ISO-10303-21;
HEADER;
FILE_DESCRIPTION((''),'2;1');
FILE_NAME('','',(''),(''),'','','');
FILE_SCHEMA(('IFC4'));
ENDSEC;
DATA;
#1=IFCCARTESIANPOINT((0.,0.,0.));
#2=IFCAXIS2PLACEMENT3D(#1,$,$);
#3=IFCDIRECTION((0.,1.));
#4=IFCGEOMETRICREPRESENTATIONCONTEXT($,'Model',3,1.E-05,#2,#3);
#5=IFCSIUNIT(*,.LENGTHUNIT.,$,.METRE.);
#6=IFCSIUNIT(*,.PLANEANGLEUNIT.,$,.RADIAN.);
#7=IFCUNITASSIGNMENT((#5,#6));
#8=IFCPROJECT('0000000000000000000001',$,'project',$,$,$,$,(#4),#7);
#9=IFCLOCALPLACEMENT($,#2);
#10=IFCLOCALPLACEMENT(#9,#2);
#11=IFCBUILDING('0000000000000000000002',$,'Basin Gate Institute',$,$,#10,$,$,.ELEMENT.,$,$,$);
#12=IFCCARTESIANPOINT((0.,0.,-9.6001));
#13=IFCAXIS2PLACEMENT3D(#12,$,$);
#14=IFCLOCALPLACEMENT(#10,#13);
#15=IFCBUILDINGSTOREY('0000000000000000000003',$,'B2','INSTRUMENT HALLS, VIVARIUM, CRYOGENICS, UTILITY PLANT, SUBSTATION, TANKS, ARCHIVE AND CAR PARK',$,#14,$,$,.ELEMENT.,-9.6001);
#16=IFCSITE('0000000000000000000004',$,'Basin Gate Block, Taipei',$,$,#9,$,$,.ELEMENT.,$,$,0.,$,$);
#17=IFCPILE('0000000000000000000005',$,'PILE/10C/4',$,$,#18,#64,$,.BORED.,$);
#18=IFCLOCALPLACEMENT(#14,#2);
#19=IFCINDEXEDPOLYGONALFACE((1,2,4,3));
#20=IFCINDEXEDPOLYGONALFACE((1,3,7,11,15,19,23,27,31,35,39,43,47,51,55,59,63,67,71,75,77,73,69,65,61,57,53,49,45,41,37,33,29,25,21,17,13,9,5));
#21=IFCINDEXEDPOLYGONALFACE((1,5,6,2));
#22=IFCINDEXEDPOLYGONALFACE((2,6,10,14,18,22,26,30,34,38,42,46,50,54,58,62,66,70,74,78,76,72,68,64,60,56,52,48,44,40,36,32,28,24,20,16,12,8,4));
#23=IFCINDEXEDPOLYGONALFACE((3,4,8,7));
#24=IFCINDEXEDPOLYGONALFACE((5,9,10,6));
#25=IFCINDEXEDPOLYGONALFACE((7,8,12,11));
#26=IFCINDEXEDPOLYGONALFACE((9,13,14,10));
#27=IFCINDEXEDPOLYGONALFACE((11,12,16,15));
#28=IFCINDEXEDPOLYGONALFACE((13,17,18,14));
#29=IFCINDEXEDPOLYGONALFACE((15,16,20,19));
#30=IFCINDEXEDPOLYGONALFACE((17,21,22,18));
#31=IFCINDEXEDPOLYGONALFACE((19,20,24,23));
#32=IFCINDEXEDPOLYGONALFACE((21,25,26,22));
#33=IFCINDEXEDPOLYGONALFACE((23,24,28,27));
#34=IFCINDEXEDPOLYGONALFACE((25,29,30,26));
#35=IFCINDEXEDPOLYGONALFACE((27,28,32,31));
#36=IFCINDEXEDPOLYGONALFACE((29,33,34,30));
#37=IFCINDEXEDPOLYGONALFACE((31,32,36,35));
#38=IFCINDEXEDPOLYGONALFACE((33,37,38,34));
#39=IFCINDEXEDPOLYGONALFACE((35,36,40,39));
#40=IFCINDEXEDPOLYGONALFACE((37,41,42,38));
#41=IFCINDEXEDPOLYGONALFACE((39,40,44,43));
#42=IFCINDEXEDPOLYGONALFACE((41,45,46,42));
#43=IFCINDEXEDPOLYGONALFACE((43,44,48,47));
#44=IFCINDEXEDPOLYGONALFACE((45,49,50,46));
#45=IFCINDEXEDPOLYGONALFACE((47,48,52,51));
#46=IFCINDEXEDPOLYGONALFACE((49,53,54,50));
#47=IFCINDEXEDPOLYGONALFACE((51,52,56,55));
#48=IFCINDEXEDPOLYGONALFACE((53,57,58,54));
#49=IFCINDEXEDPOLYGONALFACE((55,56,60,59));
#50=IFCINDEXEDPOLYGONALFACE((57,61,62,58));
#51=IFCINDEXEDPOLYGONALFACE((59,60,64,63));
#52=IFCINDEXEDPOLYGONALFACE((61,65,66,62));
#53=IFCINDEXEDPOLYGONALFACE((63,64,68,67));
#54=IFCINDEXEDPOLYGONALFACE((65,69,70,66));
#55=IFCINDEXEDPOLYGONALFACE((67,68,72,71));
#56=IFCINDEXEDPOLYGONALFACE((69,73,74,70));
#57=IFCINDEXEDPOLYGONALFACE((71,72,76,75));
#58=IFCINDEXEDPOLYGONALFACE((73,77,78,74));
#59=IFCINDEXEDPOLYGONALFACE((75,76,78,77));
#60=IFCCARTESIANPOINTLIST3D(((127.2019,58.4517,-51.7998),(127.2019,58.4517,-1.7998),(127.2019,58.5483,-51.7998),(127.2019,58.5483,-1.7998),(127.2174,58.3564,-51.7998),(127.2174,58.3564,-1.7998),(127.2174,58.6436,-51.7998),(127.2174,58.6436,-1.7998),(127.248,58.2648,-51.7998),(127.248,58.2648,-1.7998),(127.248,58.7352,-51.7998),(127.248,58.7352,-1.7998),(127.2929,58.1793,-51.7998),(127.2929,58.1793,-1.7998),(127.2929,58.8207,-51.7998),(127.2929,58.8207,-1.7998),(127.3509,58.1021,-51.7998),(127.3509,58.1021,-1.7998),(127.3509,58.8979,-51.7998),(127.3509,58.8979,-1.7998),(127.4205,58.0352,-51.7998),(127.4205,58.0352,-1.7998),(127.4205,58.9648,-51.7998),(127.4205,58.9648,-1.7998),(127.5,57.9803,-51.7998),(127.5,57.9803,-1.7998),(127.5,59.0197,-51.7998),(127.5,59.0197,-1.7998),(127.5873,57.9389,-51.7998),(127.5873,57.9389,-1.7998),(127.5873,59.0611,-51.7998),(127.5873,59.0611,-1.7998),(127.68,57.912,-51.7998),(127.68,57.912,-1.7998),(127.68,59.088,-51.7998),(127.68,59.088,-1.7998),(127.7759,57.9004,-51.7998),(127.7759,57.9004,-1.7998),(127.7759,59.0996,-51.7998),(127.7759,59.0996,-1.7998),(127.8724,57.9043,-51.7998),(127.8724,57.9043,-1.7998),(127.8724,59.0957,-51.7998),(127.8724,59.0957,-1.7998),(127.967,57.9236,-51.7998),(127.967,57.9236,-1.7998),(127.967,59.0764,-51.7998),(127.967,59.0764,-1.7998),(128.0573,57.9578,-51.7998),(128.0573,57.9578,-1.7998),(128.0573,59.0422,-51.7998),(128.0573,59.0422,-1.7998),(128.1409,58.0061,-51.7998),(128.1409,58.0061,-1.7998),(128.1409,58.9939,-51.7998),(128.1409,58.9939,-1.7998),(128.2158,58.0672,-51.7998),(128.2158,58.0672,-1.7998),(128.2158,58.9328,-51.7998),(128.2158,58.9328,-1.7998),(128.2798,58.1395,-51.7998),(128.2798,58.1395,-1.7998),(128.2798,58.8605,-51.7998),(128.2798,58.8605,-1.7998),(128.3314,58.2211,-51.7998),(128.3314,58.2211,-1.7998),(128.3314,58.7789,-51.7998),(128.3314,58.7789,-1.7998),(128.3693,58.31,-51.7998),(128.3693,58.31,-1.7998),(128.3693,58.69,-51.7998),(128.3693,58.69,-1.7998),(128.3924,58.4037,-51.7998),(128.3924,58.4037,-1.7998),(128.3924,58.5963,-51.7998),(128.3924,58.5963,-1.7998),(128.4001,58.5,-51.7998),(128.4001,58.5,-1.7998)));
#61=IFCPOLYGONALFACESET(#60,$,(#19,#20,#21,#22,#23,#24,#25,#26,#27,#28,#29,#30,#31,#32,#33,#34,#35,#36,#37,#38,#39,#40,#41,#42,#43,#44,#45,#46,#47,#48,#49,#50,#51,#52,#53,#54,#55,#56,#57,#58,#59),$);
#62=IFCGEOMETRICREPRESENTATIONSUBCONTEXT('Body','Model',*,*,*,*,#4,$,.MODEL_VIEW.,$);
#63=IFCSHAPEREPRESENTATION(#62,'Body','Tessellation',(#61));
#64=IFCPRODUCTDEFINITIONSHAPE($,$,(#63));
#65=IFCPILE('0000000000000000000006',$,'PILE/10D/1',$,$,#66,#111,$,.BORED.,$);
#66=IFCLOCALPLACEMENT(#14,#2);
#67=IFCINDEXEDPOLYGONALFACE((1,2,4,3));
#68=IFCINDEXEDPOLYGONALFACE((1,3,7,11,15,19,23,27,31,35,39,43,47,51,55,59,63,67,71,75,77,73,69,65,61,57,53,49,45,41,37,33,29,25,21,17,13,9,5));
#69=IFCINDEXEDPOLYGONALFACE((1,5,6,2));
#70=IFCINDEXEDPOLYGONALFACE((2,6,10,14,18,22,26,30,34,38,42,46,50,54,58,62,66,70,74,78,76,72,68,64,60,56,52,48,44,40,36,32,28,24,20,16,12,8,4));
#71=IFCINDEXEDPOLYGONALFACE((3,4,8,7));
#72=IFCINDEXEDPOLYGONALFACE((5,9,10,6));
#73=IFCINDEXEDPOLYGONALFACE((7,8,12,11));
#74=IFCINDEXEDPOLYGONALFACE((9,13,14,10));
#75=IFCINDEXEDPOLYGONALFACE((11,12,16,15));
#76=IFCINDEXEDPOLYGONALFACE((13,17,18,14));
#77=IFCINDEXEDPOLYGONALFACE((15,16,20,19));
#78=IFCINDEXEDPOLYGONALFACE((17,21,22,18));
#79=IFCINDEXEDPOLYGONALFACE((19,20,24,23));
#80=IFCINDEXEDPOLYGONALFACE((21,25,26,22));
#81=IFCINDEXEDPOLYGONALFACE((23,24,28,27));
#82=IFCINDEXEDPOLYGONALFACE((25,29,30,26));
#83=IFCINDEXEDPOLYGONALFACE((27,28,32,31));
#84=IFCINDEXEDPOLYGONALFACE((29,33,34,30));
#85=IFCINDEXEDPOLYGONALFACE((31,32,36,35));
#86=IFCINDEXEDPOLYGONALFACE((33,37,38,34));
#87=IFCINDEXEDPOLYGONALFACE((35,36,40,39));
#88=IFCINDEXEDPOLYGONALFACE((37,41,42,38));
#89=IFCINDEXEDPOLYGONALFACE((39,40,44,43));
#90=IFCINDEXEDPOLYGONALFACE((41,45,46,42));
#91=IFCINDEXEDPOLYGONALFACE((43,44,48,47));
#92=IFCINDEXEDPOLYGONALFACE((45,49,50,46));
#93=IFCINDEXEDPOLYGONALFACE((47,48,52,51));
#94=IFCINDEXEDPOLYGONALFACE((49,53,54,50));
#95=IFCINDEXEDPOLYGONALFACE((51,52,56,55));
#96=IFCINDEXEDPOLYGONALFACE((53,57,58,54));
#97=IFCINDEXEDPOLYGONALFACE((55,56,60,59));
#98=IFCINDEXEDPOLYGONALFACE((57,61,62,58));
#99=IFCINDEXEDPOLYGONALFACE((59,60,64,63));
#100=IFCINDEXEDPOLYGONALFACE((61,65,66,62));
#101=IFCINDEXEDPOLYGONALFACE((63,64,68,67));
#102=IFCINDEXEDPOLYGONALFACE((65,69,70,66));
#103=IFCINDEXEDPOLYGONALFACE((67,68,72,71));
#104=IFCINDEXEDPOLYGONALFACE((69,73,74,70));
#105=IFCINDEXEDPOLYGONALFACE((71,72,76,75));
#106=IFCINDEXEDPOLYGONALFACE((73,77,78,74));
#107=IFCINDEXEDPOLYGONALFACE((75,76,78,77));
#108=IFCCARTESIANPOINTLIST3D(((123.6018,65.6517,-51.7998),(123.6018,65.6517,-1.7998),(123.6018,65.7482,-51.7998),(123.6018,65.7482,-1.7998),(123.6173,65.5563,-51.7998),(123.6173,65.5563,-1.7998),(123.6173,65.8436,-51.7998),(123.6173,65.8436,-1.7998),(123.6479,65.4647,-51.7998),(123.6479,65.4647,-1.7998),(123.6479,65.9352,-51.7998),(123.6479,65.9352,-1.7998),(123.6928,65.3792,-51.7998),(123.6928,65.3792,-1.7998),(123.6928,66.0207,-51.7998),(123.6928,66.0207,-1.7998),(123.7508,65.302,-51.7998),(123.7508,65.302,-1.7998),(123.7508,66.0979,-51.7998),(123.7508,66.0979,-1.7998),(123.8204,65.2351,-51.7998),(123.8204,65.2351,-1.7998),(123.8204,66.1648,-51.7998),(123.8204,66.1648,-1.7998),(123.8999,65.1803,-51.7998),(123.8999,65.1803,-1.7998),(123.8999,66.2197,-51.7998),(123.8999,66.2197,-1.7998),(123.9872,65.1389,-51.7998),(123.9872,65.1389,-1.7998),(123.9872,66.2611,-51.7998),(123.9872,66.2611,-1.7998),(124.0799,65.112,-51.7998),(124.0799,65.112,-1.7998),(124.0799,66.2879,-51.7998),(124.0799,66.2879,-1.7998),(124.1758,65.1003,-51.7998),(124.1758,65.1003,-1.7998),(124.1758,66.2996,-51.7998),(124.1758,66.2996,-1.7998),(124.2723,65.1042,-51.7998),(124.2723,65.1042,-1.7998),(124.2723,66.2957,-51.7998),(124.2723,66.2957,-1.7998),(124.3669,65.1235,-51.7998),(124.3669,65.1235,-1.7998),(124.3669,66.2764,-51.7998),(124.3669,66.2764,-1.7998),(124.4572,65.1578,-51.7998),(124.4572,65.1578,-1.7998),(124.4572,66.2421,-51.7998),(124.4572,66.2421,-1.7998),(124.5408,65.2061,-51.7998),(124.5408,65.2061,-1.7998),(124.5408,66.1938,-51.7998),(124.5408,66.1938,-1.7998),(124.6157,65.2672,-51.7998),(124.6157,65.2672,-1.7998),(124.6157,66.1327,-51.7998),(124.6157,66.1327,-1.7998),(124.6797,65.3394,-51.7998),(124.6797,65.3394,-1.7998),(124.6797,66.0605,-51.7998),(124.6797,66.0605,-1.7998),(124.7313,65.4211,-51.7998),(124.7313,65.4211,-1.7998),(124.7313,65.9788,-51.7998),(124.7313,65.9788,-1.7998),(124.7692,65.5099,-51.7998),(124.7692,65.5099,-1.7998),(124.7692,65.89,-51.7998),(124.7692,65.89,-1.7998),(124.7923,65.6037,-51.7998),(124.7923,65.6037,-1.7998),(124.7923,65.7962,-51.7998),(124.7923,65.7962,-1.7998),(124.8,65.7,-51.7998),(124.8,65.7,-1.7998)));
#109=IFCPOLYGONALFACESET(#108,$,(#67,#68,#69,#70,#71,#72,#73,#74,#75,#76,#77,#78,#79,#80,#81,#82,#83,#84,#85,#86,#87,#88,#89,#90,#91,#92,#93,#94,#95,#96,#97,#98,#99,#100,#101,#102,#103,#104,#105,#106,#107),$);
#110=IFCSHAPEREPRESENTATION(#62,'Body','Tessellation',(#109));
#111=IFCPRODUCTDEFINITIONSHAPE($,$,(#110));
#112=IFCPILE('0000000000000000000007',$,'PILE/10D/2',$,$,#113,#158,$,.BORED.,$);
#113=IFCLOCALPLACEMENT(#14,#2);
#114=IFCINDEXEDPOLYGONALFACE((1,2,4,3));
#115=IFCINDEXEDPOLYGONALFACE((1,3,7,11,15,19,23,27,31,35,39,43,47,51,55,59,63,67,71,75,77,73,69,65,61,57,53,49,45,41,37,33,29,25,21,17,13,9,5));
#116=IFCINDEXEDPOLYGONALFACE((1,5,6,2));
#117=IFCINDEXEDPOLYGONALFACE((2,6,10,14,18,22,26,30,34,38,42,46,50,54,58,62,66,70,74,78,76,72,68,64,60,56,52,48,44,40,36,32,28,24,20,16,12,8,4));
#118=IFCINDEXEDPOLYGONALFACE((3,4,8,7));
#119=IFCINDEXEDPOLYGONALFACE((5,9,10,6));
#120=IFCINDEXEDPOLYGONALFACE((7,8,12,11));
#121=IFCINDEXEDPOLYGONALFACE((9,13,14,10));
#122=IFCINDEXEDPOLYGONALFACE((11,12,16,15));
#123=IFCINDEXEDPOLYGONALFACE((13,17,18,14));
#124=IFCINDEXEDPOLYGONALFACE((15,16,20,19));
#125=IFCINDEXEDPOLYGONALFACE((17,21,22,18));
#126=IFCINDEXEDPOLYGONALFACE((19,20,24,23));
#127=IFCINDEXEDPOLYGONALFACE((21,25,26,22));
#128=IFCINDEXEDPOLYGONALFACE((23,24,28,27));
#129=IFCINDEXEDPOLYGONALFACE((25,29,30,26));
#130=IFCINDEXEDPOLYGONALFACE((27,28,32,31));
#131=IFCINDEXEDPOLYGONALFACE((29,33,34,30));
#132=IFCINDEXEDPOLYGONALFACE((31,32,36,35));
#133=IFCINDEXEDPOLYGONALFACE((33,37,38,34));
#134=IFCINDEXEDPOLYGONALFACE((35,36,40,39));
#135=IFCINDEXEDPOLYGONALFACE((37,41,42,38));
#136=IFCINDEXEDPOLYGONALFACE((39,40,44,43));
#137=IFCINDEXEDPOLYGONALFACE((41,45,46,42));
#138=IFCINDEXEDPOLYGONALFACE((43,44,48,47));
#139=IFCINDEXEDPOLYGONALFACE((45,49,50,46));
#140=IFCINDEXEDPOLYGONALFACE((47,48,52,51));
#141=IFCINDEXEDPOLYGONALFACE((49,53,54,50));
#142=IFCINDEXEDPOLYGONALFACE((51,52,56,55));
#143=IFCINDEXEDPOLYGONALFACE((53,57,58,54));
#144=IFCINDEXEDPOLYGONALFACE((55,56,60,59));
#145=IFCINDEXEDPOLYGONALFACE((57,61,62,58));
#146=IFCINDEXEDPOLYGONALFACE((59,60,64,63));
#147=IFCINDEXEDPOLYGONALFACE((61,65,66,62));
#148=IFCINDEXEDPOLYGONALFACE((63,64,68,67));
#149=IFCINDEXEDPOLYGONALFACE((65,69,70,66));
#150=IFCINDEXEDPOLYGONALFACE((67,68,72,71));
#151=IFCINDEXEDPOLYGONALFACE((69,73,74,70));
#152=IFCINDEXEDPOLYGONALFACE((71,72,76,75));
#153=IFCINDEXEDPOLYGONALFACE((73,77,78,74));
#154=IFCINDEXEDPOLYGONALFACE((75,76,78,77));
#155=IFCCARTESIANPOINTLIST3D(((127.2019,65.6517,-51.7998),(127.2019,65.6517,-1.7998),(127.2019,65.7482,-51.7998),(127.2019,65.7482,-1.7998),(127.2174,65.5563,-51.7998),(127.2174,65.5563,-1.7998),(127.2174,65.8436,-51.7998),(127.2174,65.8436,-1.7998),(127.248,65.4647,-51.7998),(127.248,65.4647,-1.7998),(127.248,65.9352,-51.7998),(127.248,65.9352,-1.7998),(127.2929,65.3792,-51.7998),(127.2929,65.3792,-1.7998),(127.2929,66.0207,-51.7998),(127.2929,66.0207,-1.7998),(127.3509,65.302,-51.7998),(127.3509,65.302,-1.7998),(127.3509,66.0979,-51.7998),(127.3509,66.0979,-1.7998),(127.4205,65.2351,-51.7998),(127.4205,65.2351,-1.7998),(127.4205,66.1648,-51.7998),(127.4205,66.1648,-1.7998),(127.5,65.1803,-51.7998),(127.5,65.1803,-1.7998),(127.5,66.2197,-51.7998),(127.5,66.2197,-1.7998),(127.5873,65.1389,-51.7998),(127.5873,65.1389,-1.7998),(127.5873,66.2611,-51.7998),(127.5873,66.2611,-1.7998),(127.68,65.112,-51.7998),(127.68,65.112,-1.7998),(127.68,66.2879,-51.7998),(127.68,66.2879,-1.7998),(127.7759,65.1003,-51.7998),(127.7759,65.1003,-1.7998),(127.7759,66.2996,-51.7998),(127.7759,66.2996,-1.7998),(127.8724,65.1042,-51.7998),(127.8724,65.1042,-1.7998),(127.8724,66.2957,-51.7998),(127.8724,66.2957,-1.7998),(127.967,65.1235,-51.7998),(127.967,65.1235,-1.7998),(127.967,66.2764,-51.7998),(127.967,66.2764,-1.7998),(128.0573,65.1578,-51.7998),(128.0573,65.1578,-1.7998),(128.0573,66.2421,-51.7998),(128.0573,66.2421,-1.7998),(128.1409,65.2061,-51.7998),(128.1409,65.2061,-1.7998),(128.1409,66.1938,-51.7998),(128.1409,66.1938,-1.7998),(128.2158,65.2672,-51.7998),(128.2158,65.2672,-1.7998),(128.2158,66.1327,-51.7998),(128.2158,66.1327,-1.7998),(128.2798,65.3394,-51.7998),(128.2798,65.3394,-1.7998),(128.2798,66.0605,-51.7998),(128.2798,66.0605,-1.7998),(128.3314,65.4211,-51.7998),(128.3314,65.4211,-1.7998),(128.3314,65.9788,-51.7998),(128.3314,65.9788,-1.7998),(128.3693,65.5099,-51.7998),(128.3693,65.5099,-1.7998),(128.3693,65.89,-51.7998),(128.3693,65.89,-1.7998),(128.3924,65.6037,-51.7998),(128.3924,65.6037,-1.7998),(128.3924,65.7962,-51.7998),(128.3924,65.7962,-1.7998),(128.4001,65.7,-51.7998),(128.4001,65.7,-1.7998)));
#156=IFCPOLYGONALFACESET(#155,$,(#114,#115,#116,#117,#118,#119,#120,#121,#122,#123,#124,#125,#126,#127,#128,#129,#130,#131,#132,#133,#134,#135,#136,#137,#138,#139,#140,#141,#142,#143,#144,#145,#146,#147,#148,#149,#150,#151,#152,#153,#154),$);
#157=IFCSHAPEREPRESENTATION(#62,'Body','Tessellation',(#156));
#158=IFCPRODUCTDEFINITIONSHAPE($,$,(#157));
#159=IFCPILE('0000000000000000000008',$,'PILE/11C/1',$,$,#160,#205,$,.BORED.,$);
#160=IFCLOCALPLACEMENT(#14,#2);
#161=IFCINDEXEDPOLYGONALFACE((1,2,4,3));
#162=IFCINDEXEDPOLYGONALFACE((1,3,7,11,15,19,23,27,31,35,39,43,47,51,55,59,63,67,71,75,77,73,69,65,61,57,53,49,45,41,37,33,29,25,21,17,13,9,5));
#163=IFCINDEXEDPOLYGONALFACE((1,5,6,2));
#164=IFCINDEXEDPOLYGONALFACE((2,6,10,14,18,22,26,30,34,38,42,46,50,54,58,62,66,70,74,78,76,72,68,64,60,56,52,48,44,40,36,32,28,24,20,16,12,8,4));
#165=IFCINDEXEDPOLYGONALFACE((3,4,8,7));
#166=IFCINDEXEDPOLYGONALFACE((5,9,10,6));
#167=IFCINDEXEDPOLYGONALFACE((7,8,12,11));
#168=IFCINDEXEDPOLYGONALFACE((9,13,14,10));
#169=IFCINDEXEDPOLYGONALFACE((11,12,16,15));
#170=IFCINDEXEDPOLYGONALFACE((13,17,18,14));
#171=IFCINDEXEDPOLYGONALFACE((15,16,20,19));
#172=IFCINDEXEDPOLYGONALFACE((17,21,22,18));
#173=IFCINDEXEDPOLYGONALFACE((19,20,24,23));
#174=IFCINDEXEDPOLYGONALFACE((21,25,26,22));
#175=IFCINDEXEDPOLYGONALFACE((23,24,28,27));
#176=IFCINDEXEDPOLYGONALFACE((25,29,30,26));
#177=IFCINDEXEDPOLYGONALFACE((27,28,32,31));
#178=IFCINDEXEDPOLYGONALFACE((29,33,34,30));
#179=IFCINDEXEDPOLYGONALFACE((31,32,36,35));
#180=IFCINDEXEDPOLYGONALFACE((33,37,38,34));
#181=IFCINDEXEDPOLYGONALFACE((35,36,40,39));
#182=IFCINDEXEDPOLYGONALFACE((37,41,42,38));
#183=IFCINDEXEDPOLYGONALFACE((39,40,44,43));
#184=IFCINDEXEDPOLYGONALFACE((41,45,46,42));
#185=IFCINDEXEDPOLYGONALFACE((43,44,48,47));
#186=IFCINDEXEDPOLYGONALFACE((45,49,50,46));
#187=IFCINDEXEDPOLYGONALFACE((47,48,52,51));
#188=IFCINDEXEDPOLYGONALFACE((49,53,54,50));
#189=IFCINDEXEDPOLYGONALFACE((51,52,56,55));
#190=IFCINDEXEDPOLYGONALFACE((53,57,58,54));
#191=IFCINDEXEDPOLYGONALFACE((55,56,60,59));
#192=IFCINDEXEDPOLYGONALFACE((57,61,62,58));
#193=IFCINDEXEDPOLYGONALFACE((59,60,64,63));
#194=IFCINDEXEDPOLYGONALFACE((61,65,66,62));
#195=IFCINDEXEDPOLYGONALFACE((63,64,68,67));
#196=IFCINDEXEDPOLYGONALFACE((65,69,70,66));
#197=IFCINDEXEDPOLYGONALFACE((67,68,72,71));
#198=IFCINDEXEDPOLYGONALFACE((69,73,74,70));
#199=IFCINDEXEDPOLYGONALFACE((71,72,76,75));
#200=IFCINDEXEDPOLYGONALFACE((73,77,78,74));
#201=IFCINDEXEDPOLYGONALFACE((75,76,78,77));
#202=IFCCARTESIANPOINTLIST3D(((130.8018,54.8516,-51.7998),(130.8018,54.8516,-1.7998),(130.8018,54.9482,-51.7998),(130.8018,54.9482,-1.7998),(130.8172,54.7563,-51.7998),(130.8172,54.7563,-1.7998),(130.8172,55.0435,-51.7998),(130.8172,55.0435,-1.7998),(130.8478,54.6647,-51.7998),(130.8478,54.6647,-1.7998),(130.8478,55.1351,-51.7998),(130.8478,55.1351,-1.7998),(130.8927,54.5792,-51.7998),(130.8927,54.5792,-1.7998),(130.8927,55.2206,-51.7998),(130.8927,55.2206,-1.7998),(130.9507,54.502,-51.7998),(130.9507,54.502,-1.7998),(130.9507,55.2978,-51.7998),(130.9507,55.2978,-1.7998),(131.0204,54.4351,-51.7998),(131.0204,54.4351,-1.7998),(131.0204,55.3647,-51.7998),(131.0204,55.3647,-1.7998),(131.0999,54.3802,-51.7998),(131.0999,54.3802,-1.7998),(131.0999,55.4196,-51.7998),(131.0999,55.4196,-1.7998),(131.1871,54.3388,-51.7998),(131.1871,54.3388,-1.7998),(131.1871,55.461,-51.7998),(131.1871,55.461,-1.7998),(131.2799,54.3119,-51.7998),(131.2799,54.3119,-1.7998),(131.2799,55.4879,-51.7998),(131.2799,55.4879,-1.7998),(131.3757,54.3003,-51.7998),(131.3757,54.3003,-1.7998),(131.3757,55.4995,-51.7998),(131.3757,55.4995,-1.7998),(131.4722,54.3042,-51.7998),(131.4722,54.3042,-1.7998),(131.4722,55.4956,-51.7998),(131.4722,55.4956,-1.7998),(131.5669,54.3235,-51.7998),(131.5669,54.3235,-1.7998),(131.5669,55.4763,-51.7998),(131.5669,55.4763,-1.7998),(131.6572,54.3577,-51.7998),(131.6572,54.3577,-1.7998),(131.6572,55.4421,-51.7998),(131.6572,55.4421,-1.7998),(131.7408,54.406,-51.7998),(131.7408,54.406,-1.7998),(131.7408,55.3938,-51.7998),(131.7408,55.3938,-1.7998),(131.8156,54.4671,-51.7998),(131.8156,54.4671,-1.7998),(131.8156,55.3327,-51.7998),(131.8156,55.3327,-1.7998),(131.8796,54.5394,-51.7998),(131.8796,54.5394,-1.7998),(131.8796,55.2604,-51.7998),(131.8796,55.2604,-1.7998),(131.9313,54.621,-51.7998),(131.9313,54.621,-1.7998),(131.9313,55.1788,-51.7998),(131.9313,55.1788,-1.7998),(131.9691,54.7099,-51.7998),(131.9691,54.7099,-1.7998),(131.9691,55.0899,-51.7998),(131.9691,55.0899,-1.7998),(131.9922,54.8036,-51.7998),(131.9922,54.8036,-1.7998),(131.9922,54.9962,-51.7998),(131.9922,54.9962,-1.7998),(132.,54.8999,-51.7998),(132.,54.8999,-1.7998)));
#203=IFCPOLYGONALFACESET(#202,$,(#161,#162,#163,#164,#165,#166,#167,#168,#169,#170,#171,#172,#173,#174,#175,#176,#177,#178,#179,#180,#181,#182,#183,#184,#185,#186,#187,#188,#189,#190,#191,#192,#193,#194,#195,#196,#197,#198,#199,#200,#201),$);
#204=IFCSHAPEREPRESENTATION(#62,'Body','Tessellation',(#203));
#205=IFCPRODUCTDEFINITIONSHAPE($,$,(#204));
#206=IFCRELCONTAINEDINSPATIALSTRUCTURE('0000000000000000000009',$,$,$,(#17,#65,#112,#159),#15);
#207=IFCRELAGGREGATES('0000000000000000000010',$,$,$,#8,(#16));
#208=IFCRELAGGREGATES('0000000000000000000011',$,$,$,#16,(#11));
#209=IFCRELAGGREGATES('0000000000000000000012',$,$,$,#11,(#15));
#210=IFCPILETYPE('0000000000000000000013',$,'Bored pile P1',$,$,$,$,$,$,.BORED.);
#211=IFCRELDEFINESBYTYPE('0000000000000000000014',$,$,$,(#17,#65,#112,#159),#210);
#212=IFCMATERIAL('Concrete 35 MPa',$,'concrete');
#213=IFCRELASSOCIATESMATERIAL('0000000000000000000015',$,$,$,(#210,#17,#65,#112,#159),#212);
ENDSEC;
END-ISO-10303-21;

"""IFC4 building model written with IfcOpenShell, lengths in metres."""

from ifc_helpers import new_model, si_unit, direction, frame, origin, origin_2d, place, context, subcontext, project, spatial, circle, extrude, material, material_profile, profile_set, type_object, element, save


model = new_model("IFC4")

# Units and contexts
model_context = context("Model", 3, precision=1e-05, world=origin(), true_north=direction((0.0, 1.0)))
body_context = subcontext(model_context, "Body", "Model", "MODEL_VIEW")
ifc_project = project(units=[si_unit("LENGTHUNIT", "METRE"), si_unit("PLANEANGLEUNIT", "RADIAN")], contexts=[model_context])

# Site, building, storey
site_placement = place(None, origin())
site = spatial("IfcSite", under=ifc_project, at=site_placement, Name="Basin Gate Block, Taipei", CompositionType="ELEMENT", RefElevation=0.0)
building_placement = place(site_placement, origin())
building = spatial("IfcBuilding", under=site, at=building_placement, Name="Basin Gate Institute", CompositionType="ELEMENT")
storey_placement = place(building_placement, frame((0.0, 0.0, -9.6001)))
storey = spatial("IfcBuildingStorey", under=building, at=storey_placement, Name="B2", Description="INSTRUMENT HALLS, VIVARIUM, CRYOGENICS, UTILITY PLANT, SUBSTATION, TANKS, ARCHIVE AND CAR PARK", CompositionType="ELEMENT", Elevation=-9.6001)

# Piles
ifc_material_1 = material(Name="Concrete 35 MPa", Category="concrete")
ifc_material_profile_1 = material_profile(ifc_material_1, circle(Radius=0.6001, at=origin_2d()), Name="Bored pile P1 1200 dia")
ifc_profile_set_1 = profile_set([ifc_material_profile_1], Name="Concrete 35 MPa")
pile_type = type_object("IfcPileType", Name="Bored pile P1", PredefinedType="BORED", material=ifc_profile_set_1)
for number, where, z_axis, x_axis, name in (
    (1, (127.8, 58.5, -1.7998), (0.0, 0.0, -1.0), (1.0, 0.0, 0.0), "PILE/10C/4"),
    (2, (124.2, 65.7, -1.7998), (0.0, 0.0, -1.0), (1.0, 0.0, 0.0), "PILE/10D/1"),
    (3, (127.8, 65.7, -1.7998), (0.0, 0.0, -1.0), (1.0, 0.0, 0.0), "PILE/10D/2"),
    (4, (131.3999, 54.8999, -1.7998), (0.0, 0.0, -1.0), (1.0, 0.0, 0.0), "PILE/11C/1"),
):
    element("IfcPile", number, at=place(storey_placement, frame(where, z_axis=z_axis, x_axis=x_axis)), inside=storey, type_object=pile_type, material=ifc_profile_set_1, Name=name, PredefinedType="BORED", context=body_context, shape_type="SweptSolid", body=[
        extrude(circle(Radius=0.6001, at=origin_2d()), origin(), (0.0, 0.0, 1.0), 50.0),
    ])

save(model, "model.ifc")
